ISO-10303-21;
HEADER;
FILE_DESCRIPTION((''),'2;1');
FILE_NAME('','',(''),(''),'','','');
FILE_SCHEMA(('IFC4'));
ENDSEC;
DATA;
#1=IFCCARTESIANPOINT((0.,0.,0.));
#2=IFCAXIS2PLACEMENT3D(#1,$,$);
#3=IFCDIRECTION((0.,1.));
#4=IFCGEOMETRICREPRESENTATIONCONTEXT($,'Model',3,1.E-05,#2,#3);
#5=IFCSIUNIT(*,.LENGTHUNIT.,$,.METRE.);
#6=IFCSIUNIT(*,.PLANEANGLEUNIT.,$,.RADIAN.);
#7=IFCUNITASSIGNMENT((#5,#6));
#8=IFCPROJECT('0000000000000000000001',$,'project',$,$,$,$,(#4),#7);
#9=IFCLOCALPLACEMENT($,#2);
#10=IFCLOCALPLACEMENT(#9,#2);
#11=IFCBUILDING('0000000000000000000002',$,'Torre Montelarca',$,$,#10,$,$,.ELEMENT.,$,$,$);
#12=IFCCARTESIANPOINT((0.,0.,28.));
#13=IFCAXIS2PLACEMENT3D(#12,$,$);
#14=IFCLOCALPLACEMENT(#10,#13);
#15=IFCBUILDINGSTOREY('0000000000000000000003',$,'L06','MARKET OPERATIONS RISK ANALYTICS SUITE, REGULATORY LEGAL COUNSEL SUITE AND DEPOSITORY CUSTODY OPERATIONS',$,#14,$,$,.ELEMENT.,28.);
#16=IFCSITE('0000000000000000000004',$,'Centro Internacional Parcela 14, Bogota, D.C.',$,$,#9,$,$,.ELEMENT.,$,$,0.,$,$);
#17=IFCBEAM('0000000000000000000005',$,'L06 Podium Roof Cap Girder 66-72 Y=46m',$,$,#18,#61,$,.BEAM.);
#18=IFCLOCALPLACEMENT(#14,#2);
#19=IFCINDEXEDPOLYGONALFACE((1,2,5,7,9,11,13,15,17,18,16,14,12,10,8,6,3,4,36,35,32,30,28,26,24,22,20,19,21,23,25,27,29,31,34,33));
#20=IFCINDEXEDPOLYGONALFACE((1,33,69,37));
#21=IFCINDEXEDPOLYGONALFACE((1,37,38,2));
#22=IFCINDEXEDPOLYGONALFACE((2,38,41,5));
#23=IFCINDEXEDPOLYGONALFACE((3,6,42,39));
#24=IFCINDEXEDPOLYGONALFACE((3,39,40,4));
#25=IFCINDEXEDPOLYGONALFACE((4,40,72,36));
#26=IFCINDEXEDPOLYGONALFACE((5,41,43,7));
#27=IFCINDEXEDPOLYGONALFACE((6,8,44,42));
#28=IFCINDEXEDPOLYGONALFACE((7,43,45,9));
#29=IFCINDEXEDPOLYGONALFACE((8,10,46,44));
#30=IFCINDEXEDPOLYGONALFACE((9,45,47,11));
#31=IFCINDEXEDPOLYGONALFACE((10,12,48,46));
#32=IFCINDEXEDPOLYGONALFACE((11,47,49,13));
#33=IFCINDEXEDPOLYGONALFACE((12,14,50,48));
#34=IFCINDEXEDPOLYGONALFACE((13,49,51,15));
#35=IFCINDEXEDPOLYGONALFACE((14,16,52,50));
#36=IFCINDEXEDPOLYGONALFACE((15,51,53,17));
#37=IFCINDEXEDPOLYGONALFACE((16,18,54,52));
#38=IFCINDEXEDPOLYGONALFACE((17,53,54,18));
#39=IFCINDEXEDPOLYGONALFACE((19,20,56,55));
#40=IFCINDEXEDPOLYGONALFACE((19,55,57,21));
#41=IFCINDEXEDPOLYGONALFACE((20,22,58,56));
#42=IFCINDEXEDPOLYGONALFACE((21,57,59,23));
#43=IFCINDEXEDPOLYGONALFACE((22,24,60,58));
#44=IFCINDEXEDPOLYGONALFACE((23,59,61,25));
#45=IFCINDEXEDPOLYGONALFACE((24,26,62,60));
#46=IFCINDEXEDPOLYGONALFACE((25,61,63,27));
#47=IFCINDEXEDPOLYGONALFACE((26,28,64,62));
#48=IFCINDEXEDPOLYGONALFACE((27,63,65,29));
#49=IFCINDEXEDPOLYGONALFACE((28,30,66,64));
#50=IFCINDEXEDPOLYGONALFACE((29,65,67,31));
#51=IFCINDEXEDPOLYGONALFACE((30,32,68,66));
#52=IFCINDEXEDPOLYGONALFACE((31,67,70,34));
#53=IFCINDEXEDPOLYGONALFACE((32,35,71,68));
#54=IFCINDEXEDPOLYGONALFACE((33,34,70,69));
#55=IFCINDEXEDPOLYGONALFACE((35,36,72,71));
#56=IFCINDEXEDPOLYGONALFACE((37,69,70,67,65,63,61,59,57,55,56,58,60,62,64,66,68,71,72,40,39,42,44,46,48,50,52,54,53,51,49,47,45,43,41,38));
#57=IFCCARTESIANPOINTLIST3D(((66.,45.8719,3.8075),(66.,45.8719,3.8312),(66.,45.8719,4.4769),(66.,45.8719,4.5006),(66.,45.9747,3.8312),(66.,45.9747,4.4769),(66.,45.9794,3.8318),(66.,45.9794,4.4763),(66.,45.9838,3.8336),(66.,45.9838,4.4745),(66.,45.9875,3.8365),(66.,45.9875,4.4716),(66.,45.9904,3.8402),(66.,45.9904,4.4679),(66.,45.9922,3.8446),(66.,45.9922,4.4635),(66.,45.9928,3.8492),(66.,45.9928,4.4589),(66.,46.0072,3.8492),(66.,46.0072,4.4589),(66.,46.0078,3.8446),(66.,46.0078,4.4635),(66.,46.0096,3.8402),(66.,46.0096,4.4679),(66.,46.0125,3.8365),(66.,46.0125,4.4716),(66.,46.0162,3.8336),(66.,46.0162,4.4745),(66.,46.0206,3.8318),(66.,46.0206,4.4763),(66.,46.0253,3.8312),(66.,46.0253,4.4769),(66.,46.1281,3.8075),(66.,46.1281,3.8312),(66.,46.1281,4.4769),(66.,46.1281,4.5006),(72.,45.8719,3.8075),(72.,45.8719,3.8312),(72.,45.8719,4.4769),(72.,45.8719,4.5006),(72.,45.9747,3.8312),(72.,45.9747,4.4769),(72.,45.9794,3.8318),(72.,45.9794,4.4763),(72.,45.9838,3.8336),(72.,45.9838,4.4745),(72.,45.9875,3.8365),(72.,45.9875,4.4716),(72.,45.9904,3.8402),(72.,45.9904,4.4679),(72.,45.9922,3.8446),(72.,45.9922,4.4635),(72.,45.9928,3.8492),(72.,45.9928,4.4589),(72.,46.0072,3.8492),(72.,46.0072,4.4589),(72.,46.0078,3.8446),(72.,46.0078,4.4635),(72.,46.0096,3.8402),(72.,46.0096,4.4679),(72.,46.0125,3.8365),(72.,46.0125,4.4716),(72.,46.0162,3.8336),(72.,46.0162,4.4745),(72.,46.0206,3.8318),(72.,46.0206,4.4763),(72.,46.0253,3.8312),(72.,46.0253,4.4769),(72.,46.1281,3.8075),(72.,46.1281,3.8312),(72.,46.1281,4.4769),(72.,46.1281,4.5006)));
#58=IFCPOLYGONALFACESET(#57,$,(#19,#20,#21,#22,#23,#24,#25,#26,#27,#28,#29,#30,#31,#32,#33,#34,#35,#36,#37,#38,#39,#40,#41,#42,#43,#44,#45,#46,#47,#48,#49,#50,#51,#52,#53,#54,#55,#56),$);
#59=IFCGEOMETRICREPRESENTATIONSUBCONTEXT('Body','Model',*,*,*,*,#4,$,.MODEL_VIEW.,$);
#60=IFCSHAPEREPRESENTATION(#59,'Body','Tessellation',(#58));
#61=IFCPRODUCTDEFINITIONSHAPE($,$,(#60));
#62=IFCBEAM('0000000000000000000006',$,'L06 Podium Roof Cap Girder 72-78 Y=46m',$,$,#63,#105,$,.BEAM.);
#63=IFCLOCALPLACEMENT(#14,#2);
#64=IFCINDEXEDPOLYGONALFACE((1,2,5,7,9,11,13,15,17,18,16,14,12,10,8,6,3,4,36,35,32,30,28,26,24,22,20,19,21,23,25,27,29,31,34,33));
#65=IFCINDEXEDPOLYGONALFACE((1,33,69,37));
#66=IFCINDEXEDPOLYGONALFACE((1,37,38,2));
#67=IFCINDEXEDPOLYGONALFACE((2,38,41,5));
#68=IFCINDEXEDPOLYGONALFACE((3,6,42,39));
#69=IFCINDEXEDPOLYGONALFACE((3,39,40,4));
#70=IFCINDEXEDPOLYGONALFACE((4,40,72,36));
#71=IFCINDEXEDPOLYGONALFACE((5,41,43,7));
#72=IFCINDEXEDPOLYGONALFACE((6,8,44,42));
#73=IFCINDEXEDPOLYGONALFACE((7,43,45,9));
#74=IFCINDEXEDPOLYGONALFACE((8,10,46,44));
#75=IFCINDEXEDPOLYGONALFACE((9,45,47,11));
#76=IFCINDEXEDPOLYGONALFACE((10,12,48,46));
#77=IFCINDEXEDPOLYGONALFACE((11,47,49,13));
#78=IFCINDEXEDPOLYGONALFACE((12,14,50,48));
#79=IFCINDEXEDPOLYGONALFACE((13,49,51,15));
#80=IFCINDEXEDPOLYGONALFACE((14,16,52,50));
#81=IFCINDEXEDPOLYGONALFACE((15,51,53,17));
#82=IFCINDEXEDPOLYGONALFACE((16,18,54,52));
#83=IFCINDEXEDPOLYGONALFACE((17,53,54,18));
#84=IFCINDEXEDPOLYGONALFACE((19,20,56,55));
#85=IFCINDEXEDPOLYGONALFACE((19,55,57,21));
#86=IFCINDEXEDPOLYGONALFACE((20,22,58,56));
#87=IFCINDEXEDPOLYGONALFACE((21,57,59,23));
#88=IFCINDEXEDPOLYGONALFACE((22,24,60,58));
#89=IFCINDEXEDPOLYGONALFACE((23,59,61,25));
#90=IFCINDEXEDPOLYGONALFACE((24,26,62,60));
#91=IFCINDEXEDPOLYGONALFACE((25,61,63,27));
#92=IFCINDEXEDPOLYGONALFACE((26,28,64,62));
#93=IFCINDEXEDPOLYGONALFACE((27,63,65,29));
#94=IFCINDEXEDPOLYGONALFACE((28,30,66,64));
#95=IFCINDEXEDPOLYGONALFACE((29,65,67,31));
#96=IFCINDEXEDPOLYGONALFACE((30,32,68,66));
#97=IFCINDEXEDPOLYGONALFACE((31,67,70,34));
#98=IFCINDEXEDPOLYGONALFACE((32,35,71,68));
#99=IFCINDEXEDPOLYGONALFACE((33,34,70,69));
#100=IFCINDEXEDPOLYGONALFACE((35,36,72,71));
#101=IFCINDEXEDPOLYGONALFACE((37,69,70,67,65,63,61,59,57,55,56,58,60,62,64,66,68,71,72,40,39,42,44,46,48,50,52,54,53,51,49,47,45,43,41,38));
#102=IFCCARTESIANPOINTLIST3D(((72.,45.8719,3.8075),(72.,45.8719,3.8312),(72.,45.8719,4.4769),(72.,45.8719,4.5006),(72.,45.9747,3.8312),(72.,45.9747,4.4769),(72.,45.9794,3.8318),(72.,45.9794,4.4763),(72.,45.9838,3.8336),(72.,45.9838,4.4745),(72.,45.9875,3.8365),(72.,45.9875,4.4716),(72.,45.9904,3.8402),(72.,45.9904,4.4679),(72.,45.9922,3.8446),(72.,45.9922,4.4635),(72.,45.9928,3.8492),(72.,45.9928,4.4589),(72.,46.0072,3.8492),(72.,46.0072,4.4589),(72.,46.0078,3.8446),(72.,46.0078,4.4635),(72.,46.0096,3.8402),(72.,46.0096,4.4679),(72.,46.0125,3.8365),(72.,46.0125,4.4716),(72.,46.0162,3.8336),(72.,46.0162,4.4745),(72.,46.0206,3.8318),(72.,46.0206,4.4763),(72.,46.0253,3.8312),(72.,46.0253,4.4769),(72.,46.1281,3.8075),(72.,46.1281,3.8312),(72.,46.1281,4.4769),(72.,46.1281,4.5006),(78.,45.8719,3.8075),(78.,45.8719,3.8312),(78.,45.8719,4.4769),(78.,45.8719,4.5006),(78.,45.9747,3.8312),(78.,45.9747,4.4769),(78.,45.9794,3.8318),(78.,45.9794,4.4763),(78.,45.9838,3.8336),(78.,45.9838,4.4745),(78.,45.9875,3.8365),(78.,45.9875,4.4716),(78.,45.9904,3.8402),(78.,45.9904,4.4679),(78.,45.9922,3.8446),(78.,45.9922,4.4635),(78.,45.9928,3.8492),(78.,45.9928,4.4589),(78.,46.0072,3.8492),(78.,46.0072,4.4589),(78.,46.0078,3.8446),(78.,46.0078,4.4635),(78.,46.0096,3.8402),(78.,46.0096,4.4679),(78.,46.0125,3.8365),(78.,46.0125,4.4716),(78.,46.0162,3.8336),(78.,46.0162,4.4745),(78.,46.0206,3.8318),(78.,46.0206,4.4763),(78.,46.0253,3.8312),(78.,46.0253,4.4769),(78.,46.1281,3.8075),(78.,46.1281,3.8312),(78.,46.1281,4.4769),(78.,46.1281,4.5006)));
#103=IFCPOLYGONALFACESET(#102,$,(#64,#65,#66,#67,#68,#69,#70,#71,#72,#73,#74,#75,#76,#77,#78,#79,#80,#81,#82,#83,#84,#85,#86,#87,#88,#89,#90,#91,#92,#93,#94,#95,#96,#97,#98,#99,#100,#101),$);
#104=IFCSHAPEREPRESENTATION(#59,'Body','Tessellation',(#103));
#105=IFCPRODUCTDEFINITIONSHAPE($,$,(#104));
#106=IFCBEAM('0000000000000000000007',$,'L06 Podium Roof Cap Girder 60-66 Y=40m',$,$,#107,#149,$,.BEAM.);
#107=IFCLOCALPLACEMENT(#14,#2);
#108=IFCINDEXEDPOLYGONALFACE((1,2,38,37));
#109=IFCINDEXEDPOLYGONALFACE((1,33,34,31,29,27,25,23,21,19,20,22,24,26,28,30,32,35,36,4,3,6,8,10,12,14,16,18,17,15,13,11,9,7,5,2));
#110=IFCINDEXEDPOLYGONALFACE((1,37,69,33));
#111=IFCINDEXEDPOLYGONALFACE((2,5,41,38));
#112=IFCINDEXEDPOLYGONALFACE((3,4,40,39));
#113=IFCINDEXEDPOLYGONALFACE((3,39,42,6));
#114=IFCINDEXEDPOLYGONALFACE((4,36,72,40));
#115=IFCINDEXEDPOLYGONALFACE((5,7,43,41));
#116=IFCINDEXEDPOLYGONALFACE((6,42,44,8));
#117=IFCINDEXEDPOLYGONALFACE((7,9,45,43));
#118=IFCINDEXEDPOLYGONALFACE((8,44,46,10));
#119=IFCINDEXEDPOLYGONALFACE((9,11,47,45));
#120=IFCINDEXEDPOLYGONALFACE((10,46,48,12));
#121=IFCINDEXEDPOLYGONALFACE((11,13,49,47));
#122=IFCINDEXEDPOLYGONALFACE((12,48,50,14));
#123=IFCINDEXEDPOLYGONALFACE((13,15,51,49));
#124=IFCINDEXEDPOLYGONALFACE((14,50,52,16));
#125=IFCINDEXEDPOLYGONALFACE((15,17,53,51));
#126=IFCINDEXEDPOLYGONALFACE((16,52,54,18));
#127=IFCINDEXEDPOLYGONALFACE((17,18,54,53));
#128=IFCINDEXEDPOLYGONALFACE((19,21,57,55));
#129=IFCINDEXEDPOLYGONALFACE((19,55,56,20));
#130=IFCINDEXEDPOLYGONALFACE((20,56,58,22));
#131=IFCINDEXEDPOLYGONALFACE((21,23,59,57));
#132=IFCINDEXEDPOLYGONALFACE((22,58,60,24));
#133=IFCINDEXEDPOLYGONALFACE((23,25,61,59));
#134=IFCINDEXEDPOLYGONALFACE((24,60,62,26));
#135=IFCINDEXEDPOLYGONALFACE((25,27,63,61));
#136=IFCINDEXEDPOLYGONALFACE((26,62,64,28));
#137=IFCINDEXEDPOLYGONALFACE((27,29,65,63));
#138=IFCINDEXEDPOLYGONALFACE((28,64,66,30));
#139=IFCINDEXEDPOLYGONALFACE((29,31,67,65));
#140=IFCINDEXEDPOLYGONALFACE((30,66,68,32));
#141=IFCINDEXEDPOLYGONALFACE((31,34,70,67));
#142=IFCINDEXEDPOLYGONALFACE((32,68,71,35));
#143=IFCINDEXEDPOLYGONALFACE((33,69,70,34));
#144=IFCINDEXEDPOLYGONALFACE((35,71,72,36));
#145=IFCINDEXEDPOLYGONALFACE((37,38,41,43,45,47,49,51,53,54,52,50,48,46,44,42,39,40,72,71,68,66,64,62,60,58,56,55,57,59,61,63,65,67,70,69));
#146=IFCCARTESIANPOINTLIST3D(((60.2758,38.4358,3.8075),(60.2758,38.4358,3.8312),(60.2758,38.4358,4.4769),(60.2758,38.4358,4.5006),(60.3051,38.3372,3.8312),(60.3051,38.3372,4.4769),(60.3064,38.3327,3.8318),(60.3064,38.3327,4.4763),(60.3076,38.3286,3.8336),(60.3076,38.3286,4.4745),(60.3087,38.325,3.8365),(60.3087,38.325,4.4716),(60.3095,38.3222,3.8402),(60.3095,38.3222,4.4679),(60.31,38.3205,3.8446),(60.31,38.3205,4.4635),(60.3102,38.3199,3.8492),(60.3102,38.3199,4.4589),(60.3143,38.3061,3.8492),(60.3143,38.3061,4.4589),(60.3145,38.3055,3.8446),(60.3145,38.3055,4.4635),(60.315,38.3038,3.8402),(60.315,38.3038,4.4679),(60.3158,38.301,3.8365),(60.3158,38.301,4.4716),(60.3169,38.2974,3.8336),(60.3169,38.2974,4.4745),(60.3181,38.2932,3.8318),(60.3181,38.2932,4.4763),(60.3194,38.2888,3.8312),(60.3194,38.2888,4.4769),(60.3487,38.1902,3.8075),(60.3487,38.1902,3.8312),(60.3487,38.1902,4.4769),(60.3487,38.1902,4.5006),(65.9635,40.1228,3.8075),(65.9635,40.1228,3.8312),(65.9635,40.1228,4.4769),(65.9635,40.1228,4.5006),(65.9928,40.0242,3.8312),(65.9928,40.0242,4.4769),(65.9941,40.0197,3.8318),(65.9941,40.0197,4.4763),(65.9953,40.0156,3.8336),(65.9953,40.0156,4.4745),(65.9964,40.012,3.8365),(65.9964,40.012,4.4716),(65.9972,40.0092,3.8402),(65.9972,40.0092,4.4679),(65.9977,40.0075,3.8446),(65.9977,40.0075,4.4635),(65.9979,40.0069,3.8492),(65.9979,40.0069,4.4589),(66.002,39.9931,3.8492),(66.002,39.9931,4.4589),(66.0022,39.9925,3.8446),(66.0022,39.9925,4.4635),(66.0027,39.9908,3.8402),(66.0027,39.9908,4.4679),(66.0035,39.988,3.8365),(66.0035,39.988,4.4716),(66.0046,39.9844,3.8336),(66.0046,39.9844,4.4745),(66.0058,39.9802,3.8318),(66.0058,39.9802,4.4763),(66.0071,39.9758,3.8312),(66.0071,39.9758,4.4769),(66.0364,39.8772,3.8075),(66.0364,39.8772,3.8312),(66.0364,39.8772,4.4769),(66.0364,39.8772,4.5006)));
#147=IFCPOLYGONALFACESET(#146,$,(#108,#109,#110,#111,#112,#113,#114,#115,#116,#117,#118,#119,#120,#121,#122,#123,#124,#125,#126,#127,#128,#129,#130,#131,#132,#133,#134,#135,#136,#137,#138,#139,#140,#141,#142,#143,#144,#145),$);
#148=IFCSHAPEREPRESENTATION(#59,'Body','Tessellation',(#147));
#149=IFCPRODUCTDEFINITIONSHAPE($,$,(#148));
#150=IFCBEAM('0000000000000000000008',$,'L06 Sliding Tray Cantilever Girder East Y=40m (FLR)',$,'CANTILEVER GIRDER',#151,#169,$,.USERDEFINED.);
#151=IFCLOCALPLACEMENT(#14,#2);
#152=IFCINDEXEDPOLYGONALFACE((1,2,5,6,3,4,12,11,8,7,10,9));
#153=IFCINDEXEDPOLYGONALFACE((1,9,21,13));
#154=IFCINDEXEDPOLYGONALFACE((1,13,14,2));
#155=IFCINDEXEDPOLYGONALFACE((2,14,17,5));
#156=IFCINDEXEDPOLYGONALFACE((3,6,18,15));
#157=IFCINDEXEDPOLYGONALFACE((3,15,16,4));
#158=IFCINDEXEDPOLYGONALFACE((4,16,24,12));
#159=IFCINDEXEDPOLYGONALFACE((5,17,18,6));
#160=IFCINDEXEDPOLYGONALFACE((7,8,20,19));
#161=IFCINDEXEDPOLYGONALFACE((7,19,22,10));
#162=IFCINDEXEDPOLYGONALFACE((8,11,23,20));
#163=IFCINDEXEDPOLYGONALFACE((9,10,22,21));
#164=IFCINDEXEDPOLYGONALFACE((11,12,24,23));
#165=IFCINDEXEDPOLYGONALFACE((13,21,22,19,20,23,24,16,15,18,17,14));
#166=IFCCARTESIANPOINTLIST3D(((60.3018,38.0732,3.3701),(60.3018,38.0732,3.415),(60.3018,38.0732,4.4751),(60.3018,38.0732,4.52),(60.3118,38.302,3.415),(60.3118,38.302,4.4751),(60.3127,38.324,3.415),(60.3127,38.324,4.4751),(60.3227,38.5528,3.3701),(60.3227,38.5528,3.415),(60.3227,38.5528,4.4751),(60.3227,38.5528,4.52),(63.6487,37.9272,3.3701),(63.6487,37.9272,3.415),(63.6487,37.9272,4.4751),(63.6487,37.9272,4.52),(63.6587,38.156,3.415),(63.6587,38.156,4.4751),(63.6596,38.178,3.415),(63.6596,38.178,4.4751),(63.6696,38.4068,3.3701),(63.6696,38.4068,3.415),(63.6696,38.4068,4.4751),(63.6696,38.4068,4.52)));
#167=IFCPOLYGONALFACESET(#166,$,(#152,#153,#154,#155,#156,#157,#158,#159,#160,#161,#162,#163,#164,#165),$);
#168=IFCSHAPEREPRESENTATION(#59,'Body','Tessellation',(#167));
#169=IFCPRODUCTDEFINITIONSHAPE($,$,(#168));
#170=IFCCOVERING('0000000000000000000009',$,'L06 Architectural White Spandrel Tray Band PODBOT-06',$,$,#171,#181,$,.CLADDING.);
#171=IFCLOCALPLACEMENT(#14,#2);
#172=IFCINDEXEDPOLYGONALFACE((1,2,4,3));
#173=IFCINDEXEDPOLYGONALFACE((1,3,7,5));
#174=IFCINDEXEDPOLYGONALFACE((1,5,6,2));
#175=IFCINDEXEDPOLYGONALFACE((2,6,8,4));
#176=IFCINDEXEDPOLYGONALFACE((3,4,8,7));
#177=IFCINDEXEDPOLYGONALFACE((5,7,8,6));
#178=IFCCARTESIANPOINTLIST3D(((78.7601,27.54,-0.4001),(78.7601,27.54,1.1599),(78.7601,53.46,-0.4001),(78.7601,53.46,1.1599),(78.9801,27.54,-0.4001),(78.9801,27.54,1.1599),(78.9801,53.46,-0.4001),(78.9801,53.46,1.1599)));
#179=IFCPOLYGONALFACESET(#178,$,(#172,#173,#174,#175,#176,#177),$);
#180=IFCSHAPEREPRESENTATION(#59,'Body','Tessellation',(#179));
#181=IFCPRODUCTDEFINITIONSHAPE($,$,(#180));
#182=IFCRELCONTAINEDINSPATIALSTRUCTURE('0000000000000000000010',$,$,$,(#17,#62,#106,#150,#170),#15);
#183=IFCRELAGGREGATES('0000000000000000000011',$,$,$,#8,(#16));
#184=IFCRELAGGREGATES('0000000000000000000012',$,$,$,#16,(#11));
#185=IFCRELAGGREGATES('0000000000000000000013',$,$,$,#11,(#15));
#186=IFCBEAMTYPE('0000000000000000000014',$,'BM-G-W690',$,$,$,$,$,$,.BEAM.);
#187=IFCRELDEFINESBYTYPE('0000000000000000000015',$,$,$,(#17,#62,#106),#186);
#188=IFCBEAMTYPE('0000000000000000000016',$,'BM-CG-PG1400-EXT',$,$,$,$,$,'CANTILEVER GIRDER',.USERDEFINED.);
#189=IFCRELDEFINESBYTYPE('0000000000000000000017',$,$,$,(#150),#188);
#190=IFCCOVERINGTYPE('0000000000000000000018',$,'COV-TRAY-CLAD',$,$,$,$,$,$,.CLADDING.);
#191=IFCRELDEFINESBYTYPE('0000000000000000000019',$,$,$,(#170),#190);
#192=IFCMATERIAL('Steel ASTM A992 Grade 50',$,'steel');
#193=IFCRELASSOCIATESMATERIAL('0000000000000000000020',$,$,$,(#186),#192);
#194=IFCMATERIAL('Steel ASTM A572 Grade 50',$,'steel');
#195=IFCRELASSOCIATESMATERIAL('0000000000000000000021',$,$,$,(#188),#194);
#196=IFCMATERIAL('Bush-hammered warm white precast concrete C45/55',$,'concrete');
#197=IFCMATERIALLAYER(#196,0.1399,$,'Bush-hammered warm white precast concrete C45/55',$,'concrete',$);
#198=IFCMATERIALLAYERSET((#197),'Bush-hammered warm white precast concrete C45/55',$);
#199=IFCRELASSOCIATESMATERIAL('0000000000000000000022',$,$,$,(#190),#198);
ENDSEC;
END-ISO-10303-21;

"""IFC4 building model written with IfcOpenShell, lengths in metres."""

from ifc_helpers import new_model, si_unit, direction, frame, origin, origin_2d, place, context, subcontext, project, spatial, rectangle, i_section, extrude, source, transform, mapped, material, layer, layer_set, material_profile, profile_set, type_object, element, save


model = new_model("IFC4")

# Units and contexts
model_context = context("Model", 3, precision=1e-05, world=origin(), true_north=direction((0.0, 1.0)))
body_context = subcontext(model_context, "Body", "Model", "MODEL_VIEW")
ifc_project = project(units=[si_unit("LENGTHUNIT", "METRE"), si_unit("PLANEANGLEUNIT", "RADIAN")], contexts=[model_context])

# Site, building, storey
site_placement = place(None, origin())
site = spatial("IfcSite", under=ifc_project, at=site_placement, Name="Centro Internacional Parcela 14, Bogota, D.C.", CompositionType="ELEMENT", RefElevation=0.0)
building_placement = place(site_placement, origin())
building = spatial("IfcBuilding", under=site, at=building_placement, Name="Torre Montelarca", CompositionType="ELEMENT")
storey_placement = place(building_placement, frame((0.0, 0.0, 28.0)))
storey = spatial("IfcBuildingStorey", under=building, at=storey_placement, Name="L06", Description="MARKET OPERATIONS RISK ANALYTICS SUITE, REGULATORY LEGAL COUNSEL SUITE AND DEPOSITORY CUSTODY OPERATIONS", CompositionType="ELEMENT", Elevation=28.0)

# Shared definitions
ifc_material_1 = material(Name="Steel ASTM A992 Grade 50", Category="steel")

# Beams
ifc_material_profile_1 = material_profile(ifc_material_1, i_section(OverallWidth=0.2561, OverallDepth=0.6931, WebThickness=0.0144, FlangeThickness=0.0237, FilletRadius=0.0181, at=origin_2d()), Name="W690X170", Category="steel")
ifc_profile_set_1 = profile_set([ifc_material_profile_1], Name="Steel ASTM A992 Grade 50")
beam_type_1 = type_object("IfcBeamType", Name="BM-G-W690", PredefinedType="BEAM", material=ifc_profile_set_1)
shared_shape_1 = source(origin(), body_context, "Body", "SweptSolid", [
    extrude(i_section(OverallWidth=0.2561, OverallDepth=0.6931, WebThickness=0.0144, FlangeThickness=0.0237, FilletRadius=0.0181, at=origin_2d()), origin(), (0.0, 0.0, 1.0), 6.0),
])
for number, where, z_axis, x_axis, name in (
    (1, (66.0, 46.0, 4.1541), (1.0, 0.0, 0.0), (0.0, 1.0, 0.0), "L06 Podium Roof Cap Girder 66-72 Y=46m"),
    (2, (72.0, 46.0, 4.1541), (1.0, 0.0, 0.0), (0.0, 1.0, 0.0), "L06 Podium Roof Cap Girder 72-78 Y=46m"),
):
    element("IfcBeam", number, at=place(storey_placement, frame(where, z_axis=z_axis, x_axis=x_axis)), inside=storey, type_object=beam_type_1, Name=name, PredefinedType="BEAM", context=body_context, shape_type="MappedRepresentation", body=[
        mapped(shared_shape_1, transform((0.0, 0.0, 0.0), scale=1.0)),
    ])
shared_shape_2 = source(origin(), body_context, "Body", "SweptSolid", [
    extrude(i_section(OverallWidth=0.2561, OverallDepth=0.6931, WebThickness=0.0144, FlangeThickness=0.0237, FilletRadius=0.0181, at=origin_2d()), origin(), (0.0, 0.0, 1.0), 5.9326),
])
beam_1_placement = place(storey_placement, frame((60.3123, 38.313, 4.1541), z_axis=(0.958718, 0.28436, 0.0), x_axis=(-0.28436, 0.958718, 0.0)))
element("IfcBeam", 3, at=beam_1_placement, inside=storey, type_object=beam_type_1, Name="L06 Podium Roof Cap Girder 60-66 Y=40m", PredefinedType="BEAM", context=body_context, shape_type="MappedRepresentation", body=[
    mapped(shared_shape_2, transform((0.0, 0.0, 0.0), scale=1.0)),
])
ifc_material_2 = material(Name="Steel ASTM A572 Grade 50", Category="steel")
ifc_material_profile_2 = material_profile(ifc_material_2, i_section(OverallWidth=0.48, OverallDepth=1.1499, WebThickness=0.022, FlangeThickness=0.0449, at=origin_2d()), Name="PG1150X480X22X45", Category="steel")
ifc_profile_set_2 = profile_set([ifc_material_profile_2], Name="Steel ASTM A572 Grade 50")
beam_type_2 = type_object("IfcBeamType", Name="BM-CG-PG1400-EXT", ElementType="CANTILEVER GIRDER", PredefinedType="USERDEFINED", material=ifc_profile_set_2)
shared_shape_3 = source(origin(), body_context, "Body", "SweptSolid", [
    extrude(i_section(OverallWidth=0.48, OverallDepth=1.1499, WebThickness=0.022, FlangeThickness=0.0449, at=origin_2d()), origin(), (0.0, 0.0, 1.0), 3.3501),
])
beam_2_placement = place(storey_placement, frame((60.3123, 38.313, 3.9451), z_axis=(0.99905, -0.04358, 0.0), x_axis=(0.04358, 0.99905, 0.0)))
element("IfcBeam", 4, at=beam_2_placement, inside=storey, type_object=beam_type_2, Name="L06 Sliding Tray Cantilever Girder East Y=40m (FLR)", ObjectType="CANTILEVER GIRDER", PredefinedType="USERDEFINED", context=body_context, shape_type="MappedRepresentation", body=[
    mapped(shared_shape_3, transform((0.0, 0.0, 0.0), scale=1.0)),
])

# Covering
ifc_material_3 = material(Name="Bush-hammered warm white precast concrete C45/55", Category="concrete")
ifc_layer = layer(ifc_material_3, 0.1399, Name="Bush-hammered warm white precast concrete C45/55", Category="concrete")
ifc_layer_set = layer_set([ifc_layer], Name="Bush-hammered warm white precast concrete C45/55")
covering_type = type_object("IfcCoveringType", Name="COV-TRAY-CLAD", PredefinedType="CLADDING", material=ifc_layer_set)
shared_shape_4 = source(origin(), body_context, "Body", "SweptSolid", [
    extrude(rectangle(XDim=25.9199, YDim=0.22, at=origin_2d()), origin(), (0.0, 0.0, 1.0), 1.5601),
])
covering_1_placement = place(storey_placement, frame((78.8701, 40.5, -0.4001), z_axis=(0.0, 0.0, 1.0), x_axis=(0.0, 1.0, 0.0)))
element("IfcCovering", 5, at=covering_1_placement, inside=storey, type_object=covering_type, Name="L06 Architectural White Spandrel Tray Band PODBOT-06", PredefinedType="CLADDING", context=body_context, shape_type="MappedRepresentation", body=[
    mapped(shared_shape_4, transform((0.0, 0.0, 0.0), scale=1.0)),
])

save(model, "model.ifc")
